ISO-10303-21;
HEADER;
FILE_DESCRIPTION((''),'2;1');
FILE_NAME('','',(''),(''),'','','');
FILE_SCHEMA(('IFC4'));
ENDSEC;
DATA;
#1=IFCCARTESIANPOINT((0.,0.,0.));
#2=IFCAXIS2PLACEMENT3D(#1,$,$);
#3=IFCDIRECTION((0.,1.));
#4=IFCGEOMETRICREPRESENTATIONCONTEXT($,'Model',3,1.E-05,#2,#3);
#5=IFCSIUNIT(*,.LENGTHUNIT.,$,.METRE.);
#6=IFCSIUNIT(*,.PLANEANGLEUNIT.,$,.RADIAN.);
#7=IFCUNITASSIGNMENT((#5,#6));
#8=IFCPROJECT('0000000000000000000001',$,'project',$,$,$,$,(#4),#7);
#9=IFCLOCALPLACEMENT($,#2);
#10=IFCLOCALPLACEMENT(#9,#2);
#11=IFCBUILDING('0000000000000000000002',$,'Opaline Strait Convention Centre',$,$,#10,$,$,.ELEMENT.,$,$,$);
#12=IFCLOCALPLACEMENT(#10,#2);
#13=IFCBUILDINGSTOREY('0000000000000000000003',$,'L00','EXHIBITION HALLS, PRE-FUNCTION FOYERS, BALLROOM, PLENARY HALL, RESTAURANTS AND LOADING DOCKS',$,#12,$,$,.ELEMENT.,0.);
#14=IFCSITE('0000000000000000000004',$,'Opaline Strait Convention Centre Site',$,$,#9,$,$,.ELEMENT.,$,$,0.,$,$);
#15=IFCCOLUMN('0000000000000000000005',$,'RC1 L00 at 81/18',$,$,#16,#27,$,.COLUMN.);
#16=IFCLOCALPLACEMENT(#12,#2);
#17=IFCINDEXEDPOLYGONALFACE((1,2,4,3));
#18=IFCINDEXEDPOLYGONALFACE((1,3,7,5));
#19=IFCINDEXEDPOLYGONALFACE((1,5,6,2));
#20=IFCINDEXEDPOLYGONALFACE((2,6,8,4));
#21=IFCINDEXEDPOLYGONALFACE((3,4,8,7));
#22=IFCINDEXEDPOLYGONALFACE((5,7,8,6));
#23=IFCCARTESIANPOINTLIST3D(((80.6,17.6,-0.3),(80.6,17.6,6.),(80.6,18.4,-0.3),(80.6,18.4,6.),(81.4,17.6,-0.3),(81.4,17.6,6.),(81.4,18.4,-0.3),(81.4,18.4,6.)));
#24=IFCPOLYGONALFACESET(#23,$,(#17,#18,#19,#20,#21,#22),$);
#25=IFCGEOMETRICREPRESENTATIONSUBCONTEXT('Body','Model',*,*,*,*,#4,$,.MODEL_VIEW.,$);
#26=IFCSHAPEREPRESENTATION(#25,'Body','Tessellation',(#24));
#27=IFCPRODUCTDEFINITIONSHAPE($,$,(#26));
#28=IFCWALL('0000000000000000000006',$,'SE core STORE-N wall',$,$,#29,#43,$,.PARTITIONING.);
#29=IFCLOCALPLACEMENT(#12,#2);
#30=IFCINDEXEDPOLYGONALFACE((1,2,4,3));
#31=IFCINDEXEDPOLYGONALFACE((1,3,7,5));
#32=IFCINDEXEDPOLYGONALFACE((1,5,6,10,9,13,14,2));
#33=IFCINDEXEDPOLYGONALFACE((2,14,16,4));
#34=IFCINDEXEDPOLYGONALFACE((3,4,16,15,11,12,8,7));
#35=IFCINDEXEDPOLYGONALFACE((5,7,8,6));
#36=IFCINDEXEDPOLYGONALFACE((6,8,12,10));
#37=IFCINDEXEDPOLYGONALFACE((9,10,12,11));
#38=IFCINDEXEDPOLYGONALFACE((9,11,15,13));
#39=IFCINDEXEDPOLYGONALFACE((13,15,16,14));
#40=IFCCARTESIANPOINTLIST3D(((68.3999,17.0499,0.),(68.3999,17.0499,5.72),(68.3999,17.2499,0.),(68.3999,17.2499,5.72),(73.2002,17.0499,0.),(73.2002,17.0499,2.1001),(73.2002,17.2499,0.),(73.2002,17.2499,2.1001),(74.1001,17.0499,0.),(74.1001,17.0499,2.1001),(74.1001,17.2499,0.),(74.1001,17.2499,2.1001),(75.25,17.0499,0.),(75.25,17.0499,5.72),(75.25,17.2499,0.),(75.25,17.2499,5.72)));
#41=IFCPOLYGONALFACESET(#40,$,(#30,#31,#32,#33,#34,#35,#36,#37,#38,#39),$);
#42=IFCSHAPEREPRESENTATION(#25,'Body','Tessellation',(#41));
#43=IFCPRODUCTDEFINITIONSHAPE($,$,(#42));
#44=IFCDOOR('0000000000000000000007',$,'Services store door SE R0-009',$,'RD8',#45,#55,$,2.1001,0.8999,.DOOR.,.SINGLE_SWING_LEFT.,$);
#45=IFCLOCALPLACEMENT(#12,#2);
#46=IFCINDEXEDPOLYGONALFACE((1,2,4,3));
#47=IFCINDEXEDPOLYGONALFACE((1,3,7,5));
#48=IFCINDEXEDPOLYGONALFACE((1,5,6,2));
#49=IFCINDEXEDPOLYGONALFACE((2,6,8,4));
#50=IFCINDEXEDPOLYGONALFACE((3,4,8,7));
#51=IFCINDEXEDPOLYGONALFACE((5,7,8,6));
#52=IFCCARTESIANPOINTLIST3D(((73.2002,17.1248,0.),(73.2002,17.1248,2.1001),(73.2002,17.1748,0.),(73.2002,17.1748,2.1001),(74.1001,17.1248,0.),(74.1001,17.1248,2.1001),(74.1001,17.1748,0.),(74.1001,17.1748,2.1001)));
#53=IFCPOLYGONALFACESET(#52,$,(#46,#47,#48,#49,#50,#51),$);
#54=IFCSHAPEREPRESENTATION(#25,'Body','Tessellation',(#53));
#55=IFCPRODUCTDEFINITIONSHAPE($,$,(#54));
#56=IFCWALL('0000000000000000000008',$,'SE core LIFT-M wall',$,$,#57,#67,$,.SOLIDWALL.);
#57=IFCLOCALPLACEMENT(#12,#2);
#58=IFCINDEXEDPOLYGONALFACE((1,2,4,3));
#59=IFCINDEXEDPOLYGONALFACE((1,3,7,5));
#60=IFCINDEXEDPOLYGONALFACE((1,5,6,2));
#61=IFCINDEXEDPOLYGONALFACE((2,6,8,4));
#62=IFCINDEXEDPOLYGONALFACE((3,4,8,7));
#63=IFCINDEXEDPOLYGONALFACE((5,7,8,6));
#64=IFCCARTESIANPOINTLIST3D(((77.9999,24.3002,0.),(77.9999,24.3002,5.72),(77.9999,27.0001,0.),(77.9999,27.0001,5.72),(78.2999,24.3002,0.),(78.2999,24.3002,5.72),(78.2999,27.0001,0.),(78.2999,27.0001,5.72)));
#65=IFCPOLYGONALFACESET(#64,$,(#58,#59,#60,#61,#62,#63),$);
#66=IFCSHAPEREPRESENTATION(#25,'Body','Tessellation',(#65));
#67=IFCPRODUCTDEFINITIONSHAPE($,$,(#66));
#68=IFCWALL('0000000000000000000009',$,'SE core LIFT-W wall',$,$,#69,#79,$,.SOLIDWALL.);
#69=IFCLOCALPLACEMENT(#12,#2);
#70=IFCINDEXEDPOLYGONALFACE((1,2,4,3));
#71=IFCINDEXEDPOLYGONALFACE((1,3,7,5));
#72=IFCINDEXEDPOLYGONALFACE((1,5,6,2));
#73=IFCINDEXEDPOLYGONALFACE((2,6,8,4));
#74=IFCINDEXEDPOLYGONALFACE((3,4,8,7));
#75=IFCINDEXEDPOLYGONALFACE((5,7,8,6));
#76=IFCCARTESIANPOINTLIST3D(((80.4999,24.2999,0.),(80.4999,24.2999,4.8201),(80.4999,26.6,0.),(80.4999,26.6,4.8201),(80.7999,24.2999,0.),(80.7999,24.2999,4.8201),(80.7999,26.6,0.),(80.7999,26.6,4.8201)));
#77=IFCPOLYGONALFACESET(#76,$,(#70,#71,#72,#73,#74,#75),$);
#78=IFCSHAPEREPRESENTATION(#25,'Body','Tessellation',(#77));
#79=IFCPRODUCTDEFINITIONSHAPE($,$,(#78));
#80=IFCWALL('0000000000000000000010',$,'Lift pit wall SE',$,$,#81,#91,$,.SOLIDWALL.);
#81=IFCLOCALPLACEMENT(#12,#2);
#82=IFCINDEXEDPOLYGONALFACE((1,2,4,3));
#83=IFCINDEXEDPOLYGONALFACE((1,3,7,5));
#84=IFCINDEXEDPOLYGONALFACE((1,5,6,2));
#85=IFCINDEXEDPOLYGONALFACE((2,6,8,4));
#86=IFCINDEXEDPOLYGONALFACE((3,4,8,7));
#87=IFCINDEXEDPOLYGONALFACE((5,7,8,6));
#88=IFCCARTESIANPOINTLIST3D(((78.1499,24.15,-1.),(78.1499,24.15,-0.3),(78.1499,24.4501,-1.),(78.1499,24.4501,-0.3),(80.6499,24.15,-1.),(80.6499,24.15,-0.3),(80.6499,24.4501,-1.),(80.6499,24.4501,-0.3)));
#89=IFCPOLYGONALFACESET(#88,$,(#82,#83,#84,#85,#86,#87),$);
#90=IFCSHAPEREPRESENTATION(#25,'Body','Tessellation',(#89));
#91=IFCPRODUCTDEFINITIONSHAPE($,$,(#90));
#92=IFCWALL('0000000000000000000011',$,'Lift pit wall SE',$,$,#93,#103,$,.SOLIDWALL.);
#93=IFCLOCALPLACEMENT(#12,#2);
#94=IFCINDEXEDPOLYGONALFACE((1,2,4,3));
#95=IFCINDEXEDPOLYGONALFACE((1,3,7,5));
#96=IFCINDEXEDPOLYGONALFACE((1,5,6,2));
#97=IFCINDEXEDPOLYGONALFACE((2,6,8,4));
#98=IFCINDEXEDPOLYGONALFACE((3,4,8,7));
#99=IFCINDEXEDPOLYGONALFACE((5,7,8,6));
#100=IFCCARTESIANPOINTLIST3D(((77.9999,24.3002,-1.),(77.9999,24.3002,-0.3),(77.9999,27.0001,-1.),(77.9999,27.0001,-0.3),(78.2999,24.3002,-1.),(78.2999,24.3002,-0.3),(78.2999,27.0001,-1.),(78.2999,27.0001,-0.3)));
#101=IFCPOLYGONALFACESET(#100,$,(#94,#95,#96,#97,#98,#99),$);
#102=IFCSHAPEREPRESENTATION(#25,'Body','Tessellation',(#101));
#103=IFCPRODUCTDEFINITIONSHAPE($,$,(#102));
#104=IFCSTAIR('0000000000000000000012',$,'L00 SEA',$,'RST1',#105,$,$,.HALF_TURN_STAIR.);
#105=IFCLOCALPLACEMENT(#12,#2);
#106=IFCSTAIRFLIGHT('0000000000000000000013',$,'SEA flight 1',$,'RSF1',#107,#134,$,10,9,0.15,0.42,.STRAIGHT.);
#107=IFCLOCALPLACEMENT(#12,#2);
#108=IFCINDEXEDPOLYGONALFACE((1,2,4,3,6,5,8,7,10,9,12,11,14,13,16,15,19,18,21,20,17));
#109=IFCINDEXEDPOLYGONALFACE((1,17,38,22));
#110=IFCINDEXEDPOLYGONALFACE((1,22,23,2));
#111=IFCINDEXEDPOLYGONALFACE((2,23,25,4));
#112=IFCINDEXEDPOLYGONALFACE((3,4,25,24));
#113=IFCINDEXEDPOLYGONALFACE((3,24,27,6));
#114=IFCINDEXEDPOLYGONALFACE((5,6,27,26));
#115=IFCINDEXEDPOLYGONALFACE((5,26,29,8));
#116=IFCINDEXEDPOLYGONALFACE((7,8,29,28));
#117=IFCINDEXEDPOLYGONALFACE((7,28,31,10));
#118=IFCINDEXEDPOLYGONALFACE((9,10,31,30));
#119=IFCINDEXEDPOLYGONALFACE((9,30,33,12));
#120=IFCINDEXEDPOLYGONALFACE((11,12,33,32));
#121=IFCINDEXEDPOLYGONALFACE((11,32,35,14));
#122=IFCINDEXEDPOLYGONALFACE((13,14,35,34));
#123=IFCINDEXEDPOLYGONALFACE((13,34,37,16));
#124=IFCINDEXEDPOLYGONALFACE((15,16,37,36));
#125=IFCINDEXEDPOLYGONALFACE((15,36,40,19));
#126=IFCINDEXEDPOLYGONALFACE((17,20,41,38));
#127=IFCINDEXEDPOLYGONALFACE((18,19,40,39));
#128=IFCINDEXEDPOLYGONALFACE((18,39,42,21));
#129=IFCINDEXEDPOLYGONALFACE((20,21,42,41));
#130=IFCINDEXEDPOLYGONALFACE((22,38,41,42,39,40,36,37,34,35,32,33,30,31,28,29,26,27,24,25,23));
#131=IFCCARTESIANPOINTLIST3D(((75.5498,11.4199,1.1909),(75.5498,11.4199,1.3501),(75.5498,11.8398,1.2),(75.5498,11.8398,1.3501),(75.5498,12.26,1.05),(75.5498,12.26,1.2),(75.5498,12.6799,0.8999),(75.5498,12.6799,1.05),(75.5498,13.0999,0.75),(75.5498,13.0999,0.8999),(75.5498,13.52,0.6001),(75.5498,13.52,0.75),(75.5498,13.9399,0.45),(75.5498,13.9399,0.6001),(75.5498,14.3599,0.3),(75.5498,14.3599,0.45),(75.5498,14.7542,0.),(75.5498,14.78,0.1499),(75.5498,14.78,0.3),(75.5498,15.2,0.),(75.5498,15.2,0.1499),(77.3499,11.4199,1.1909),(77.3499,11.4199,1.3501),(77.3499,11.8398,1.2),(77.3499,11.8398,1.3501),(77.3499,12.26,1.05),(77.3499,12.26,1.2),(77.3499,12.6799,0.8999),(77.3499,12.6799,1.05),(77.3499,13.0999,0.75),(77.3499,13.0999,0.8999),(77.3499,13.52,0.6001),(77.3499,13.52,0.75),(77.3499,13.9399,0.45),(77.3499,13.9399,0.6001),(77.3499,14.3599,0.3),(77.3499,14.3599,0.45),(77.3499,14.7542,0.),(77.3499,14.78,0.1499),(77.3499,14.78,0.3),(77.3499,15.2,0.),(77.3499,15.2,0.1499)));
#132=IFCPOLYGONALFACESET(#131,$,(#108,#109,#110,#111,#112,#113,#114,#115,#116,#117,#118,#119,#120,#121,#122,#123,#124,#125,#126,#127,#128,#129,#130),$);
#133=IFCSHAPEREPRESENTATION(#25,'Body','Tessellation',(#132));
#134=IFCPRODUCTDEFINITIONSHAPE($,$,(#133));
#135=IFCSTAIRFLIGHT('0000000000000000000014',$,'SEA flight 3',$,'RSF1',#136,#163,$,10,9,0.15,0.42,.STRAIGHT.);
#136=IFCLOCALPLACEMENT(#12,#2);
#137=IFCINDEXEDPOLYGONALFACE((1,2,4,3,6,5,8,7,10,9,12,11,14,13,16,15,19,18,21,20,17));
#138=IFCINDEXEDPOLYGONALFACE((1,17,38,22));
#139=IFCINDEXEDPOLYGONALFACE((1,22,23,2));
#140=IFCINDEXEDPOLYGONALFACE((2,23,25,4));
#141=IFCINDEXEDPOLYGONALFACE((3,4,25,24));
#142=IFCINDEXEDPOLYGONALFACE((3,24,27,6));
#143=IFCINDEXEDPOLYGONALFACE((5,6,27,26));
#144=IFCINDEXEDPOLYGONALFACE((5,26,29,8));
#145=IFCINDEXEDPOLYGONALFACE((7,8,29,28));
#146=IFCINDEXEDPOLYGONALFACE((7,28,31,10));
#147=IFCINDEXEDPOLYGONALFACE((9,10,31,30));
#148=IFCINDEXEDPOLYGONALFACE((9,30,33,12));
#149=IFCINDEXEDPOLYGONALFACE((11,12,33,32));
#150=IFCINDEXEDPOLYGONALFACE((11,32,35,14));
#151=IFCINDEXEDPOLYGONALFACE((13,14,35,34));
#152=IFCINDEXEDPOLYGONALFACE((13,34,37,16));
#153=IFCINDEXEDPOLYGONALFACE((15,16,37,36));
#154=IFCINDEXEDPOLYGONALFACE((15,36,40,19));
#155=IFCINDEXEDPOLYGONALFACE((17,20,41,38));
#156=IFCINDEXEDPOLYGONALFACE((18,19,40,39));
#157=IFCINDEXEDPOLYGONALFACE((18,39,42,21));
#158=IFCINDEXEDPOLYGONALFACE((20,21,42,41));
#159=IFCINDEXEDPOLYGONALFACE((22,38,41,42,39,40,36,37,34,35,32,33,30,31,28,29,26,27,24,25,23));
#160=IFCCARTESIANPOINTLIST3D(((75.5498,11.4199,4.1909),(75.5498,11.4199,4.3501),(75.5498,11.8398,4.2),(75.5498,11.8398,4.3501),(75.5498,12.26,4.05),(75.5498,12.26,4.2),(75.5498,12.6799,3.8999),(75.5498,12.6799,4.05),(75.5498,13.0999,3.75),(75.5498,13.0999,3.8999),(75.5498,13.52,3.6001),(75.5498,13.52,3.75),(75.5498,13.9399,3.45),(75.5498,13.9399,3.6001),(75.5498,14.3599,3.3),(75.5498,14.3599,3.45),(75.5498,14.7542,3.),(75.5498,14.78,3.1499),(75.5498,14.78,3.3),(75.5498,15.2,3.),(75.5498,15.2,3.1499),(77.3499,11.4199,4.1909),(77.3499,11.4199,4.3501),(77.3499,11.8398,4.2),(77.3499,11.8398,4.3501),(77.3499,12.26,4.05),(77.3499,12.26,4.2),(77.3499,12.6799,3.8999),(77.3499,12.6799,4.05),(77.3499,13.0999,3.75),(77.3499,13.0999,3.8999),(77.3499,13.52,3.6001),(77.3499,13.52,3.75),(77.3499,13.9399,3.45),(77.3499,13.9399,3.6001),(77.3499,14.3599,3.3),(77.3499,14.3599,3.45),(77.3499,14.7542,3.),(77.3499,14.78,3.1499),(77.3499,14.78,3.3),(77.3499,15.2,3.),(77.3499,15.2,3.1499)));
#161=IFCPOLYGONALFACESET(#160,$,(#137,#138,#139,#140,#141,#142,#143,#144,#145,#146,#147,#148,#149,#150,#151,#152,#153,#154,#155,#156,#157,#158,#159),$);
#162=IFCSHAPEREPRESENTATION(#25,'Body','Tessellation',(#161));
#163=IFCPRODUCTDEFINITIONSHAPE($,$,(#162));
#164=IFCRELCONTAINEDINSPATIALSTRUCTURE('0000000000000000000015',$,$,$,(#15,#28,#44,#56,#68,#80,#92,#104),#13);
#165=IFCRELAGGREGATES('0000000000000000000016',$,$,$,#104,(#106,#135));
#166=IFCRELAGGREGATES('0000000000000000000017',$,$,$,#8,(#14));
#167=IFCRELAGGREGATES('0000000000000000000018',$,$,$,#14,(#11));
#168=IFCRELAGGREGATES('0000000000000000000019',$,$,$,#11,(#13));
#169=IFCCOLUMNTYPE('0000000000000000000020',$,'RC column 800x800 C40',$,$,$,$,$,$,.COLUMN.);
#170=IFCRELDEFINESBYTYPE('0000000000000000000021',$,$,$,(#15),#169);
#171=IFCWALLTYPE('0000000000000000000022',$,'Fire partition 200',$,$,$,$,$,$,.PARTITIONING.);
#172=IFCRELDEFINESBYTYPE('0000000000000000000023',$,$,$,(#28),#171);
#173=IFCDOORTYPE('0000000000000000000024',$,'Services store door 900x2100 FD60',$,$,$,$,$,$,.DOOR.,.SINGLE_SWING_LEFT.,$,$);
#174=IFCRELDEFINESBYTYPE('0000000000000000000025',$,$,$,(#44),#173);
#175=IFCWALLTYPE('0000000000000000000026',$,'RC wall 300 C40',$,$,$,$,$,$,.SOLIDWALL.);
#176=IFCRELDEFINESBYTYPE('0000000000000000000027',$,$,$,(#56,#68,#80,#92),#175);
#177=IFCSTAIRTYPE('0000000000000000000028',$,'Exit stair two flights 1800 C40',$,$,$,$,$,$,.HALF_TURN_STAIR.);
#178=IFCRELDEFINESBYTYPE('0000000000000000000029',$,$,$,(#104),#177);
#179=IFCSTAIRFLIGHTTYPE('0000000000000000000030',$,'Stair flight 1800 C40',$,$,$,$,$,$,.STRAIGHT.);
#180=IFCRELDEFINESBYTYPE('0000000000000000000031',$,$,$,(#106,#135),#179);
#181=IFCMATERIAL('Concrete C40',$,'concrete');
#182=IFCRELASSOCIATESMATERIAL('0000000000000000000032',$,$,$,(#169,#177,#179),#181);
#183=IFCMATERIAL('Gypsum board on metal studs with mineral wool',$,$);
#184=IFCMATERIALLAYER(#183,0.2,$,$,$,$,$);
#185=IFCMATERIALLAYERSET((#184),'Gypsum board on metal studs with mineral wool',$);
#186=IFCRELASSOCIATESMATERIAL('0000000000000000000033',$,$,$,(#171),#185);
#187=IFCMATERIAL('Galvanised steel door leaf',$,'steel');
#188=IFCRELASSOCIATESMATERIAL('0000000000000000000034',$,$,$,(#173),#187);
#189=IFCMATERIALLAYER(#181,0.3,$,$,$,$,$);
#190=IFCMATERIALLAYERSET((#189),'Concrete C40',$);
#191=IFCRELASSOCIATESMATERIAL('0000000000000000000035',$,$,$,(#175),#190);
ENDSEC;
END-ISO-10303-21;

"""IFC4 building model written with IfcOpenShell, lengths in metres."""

from ifc_helpers import new_model, si_unit, direction, frame, frame_2d, origin, origin_2d, place, context, subcontext, project, spatial, polyline, rectangle, outline, extrude, material, layer, layer_set, material_profile, profile_set, type_object, element, fill, aggregate, save


model = new_model("IFC4")

# Units and contexts
model_context = context("Model", 3, precision=1e-05, world=origin(), true_north=direction((0.0, 1.0)))
body_context = subcontext(model_context, "Body", "Model", "MODEL_VIEW")
ifc_project = project(units=[si_unit("LENGTHUNIT", "METRE"), si_unit("PLANEANGLEUNIT", "RADIAN")], contexts=[model_context])

# Site, building, storey
site_placement = place(None, origin())
site = spatial("IfcSite", under=ifc_project, at=site_placement, Name="Opaline Strait Convention Centre Site", CompositionType="ELEMENT", RefElevation=0.0)
building_placement = place(site_placement, origin())
building = spatial("IfcBuilding", under=site, at=building_placement, Name="Opaline Strait Convention Centre", CompositionType="ELEMENT")
storey_placement = place(building_placement, origin())
storey = spatial("IfcBuildingStorey", under=building, at=storey_placement, Name="L00", Description="EXHIBITION HALLS, PRE-FUNCTION FOYERS, BALLROOM, PLENARY HALL, RESTAURANTS AND LOADING DOCKS", CompositionType="ELEMENT", Elevation=0.0)

# Column
ifc_material_1 = material(Name="Concrete C40", Category="concrete")
ifc_material_profile_1 = material_profile(ifc_material_1, rectangle(XDim=0.8, YDim=0.8, at=origin_2d()), Name="RC 800x800")
ifc_profile_set_1 = profile_set([ifc_material_profile_1], Name="Concrete C40")
column_type = type_object("IfcColumnType", Name="RC column 800x800 C40", PredefinedType="COLUMN", material=ifc_profile_set_1)
for number, where, z_axis, x_axis, name in (
    (1, (81.0, 18.0, -0.3), (0.0, 0.0, 1.0), (1.0, 0.0, 0.0), "RC1 L00 at 81/18"),
):
    element("IfcColumn", number, at=place(storey_placement, frame(where, z_axis=z_axis, x_axis=x_axis)), inside=storey, type_object=column_type, Name=name, PredefinedType="COLUMN", context=body_context, shape_type="SweptSolid", body=[
        extrude(rectangle(XDim=0.8, YDim=0.8, at=origin_2d()), origin(), (0.0, 0.0, 1.0), 6.3),
    ])

# Wall, opening, door
ifc_material_2 = material(Name="Gypsum board on metal studs with mineral wool")
ifc_layer_1 = layer(ifc_material_2, 0.2)
ifc_layer_set_1 = layer_set([ifc_layer_1], Name="Gypsum board on metal studs with mineral wool")
wall_type_1 = type_object("IfcWallType", Name="Fire partition 200", PredefinedType="PARTITIONING", material=ifc_layer_set_1)
wall_1_placement = place(storey_placement, frame((75.25, 17.1499, 0.0), z_axis=(0.0, 0.0, 1.0), x_axis=(-1.0, 0.0, 0.0)))
wall_1 = element("IfcWall", 2, at=wall_1_placement, inside=storey, type_object=wall_type_1, Name="SE core STORE-N wall", PredefinedType="PARTITIONING", context=body_context, shape_type="SweptSolid", body=[
    extrude(rectangle(XDim=6.8501, YDim=0.2, at=frame_2d((3.425, 0.0))), origin(), (0.0, 0.0, 1.0), 5.72),
])
opening_1_placement = place(wall_1_placement, frame((1.1499, 0.0, 0.0)))
opening_1 = element("IfcOpeningElement", 3, at=opening_1_placement, cuts=wall_1, PredefinedType="OPENING", context=body_context, shape_type="SweptSolid", body=[
    extrude(rectangle(XDim=0.8999, YDim=2.1001, at=frame_2d((0.45, 1.05))), frame((0.0, 0.1099, 0.0), z_axis=(0.0, -1.0, 0.0), x_axis=(1.0, 0.0, 0.0)), (0.0, 0.0, 1.0), 0.22),
])
ifc_material_3 = material(Name="Galvanised steel door leaf", Category="steel")
door_type_1 = type_object("IfcDoorType", Name="Services store door 900x2100 FD60", OperationType="SINGLE_SWING_LEFT", PredefinedType="DOOR", material=ifc_material_3)
door_1_placement = place(opening_1_placement, frame((0.8999, 0.0, 0.0), z_axis=(0.0, 0.0, 1.0), x_axis=(-1.0, 0.0, 0.0)))
door_1 = element("IfcDoor", 4, at=door_1_placement, inside=storey, type_object=door_type_1, Name="Services store door SE R0-009", ObjectType="RD8", OperationType="SINGLE_SWING_LEFT", OverallHeight=2.1001, OverallWidth=0.8999, PredefinedType="DOOR", context=body_context, shape_type="SweptSolid", body=[
    extrude(rectangle(XDim=0.8999, YDim=2.1001, at=frame_2d((0.45, 1.05))), frame((0.0, 0.0249, 0.0), z_axis=(0.0, -1.0, 0.0), x_axis=(1.0, 0.0, 0.0)), (0.0, 0.0, 1.0), 0.05),
])
fill(opening_1, door_1)
ifc_layer_2 = layer(ifc_material_1, 0.3)
ifc_layer_set_2 = layer_set([ifc_layer_2], Name="Concrete C40")
wall_type_2 = type_object("IfcWallType", Name="RC wall 300 C40", PredefinedType="SOLIDWALL", material=ifc_layer_set_2)

# Walls
wall_2_placement = place(storey_placement, frame((78.1499, 24.3, 0.0), z_axis=(0.0, 0.0, 1.0), x_axis=(0.0, 1.0, 0.0)))
element("IfcWall", 5, at=wall_2_placement, inside=storey, type_object=wall_type_2, Name="SE core LIFT-M wall", PredefinedType="SOLIDWALL", context=body_context, shape_type="SweptSolid", body=[
    extrude(rectangle(XDim=2.7, YDim=0.3, at=frame_2d((1.3501, 0.0))), origin(), (0.0, 0.0, 1.0), 5.72),
])
wall_3_placement = place(storey_placement, frame((80.6499, 24.3, 0.0), z_axis=(0.0, 0.0, 1.0), x_axis=(0.0, 1.0, 0.0)))
element("IfcWall", 6, at=wall_3_placement, inside=storey, type_object=wall_type_2, Name="SE core LIFT-W wall", PredefinedType="SOLIDWALL", context=body_context, shape_type="SweptSolid", body=[
    extrude(rectangle(XDim=2.3, YDim=0.3, at=frame_2d((1.1499, 0.0))), origin(), (0.0, 0.0, 1.0), 4.8201),
])
wall_4_placement = place(storey_placement, frame((78.1499, 24.3, -1.0), z_axis=(0.0, 0.0, 1.0), x_axis=(1.0, 0.0, 0.0)))
element("IfcWall", 7, at=wall_4_placement, inside=storey, type_object=wall_type_2, Name="Lift pit wall SE", PredefinedType="SOLIDWALL", context=body_context, shape_type="SweptSolid", body=[
    extrude(rectangle(XDim=2.5, YDim=0.3, at=frame_2d((1.25, 0.0))), origin(), (0.0, 0.0, 1.0), 0.7),
])
wall_5_placement = place(storey_placement, frame((78.1499, 24.3, -1.0), z_axis=(0.0, 0.0, 1.0), x_axis=(0.0, 1.0, 0.0)))
element("IfcWall", 8, at=wall_5_placement, inside=storey, type_object=wall_type_2, Name="Lift pit wall SE", PredefinedType="SOLIDWALL", context=body_context, shape_type="SweptSolid", body=[
    extrude(rectangle(XDim=2.7, YDim=0.3, at=frame_2d((1.3501, 0.0))), origin(), (0.0, 0.0, 1.0), 0.7),
])

# Stair, stair flights
stair_type = type_object("IfcStairType", Name="Exit stair two flights 1800 C40", PredefinedType="HALF_TURN_STAIR", material=ifc_material_1)
stair_placement = place(storey_placement, origin())
stair = element("IfcStair", 9, at=stair_placement, inside=storey, type_object=stair_type, Name="L00 SEA", ObjectType="RST1", PredefinedType="HALF_TURN_STAIR")
stair_flight_type = type_object("IfcStairFlightType", Name="Stair flight 1800 C40", PredefinedType="STRAIGHT", material=ifc_material_1)
stair_flight_1_placement = place(storey_placement, frame((76.45, 15.2, 0.0), z_axis=(0.0, 0.0, 1.0), x_axis=(0.0, -1.0, 0.0)))
stair_flight_1 = element("IfcStairFlight", 10, at=stair_flight_1_placement, type_object=stair_flight_type, Name="SEA flight 1", ObjectType="RSF1", NumberOfRisers=10, NumberOfTreads=9, PredefinedType="STRAIGHT", RiserHeight=0.15, TreadLength=0.42, context=body_context, shape_type="SweptSolid", body=[
    extrude(outline(polyline([(0.0, 0.0), (0.0, 0.1499), (0.4199, 0.1499), (0.4199, 0.3), (0.8401, 0.3), (0.8401, 0.45), (1.26, 0.45), (1.26, 0.6001), (1.6799, 0.6001), (1.6799, 0.75), (2.1001, 0.75), (2.1001, 0.8999), (2.52, 0.8999), (2.52, 1.05), (2.9399, 1.05), (2.9399, 1.2), (3.3601, 1.2), (3.3601, 1.3501), (3.78, 1.3501), (3.78, 1.5), (3.78, 1.1909), (0.4458, 0.0), (0.0, 0.0)])), frame((0.0, 0.8999, 0.0), z_axis=(0.0, -1.0, 0.0), x_axis=(1.0, 0.0, 0.0)), (0.0, 0.0, 1.0), 1.8),
])
stair_flight_2_placement = place(storey_placement, frame((76.45, 15.2, 3.0), z_axis=(0.0, 0.0, 1.0), x_axis=(0.0, -1.0, 0.0)))
stair_flight_2 = element("IfcStairFlight", 11, at=stair_flight_2_placement, type_object=stair_flight_type, Name="SEA flight 3", ObjectType="RSF1", NumberOfRisers=10, NumberOfTreads=9, PredefinedType="STRAIGHT", RiserHeight=0.15, TreadLength=0.42, context=body_context, shape_type="SweptSolid", body=[
    extrude(outline(polyline([(0.0, 0.0), (0.0, 0.1499), (0.4199, 0.1499), (0.4199, 0.3), (0.8401, 0.3), (0.8401, 0.45), (1.26, 0.45), (1.26, 0.6001), (1.6799, 0.6001), (1.6799, 0.75), (2.1001, 0.75), (2.1001, 0.8999), (2.52, 0.8999), (2.52, 1.05), (2.9399, 1.05), (2.9399, 1.2), (3.3601, 1.2), (3.3601, 1.3501), (3.78, 1.3501), (3.78, 1.5), (3.78, 1.1909), (0.4458, 0.0), (0.0, 0.0)])), frame((0.0, 0.8999, 0.0), z_axis=(0.0, -1.0, 0.0), x_axis=(1.0, 0.0, 0.0)), (0.0, 0.0, 1.0), 1.8),
])
aggregate(stair, [stair_flight_1, stair_flight_2])

save(model, "model.ifc")
